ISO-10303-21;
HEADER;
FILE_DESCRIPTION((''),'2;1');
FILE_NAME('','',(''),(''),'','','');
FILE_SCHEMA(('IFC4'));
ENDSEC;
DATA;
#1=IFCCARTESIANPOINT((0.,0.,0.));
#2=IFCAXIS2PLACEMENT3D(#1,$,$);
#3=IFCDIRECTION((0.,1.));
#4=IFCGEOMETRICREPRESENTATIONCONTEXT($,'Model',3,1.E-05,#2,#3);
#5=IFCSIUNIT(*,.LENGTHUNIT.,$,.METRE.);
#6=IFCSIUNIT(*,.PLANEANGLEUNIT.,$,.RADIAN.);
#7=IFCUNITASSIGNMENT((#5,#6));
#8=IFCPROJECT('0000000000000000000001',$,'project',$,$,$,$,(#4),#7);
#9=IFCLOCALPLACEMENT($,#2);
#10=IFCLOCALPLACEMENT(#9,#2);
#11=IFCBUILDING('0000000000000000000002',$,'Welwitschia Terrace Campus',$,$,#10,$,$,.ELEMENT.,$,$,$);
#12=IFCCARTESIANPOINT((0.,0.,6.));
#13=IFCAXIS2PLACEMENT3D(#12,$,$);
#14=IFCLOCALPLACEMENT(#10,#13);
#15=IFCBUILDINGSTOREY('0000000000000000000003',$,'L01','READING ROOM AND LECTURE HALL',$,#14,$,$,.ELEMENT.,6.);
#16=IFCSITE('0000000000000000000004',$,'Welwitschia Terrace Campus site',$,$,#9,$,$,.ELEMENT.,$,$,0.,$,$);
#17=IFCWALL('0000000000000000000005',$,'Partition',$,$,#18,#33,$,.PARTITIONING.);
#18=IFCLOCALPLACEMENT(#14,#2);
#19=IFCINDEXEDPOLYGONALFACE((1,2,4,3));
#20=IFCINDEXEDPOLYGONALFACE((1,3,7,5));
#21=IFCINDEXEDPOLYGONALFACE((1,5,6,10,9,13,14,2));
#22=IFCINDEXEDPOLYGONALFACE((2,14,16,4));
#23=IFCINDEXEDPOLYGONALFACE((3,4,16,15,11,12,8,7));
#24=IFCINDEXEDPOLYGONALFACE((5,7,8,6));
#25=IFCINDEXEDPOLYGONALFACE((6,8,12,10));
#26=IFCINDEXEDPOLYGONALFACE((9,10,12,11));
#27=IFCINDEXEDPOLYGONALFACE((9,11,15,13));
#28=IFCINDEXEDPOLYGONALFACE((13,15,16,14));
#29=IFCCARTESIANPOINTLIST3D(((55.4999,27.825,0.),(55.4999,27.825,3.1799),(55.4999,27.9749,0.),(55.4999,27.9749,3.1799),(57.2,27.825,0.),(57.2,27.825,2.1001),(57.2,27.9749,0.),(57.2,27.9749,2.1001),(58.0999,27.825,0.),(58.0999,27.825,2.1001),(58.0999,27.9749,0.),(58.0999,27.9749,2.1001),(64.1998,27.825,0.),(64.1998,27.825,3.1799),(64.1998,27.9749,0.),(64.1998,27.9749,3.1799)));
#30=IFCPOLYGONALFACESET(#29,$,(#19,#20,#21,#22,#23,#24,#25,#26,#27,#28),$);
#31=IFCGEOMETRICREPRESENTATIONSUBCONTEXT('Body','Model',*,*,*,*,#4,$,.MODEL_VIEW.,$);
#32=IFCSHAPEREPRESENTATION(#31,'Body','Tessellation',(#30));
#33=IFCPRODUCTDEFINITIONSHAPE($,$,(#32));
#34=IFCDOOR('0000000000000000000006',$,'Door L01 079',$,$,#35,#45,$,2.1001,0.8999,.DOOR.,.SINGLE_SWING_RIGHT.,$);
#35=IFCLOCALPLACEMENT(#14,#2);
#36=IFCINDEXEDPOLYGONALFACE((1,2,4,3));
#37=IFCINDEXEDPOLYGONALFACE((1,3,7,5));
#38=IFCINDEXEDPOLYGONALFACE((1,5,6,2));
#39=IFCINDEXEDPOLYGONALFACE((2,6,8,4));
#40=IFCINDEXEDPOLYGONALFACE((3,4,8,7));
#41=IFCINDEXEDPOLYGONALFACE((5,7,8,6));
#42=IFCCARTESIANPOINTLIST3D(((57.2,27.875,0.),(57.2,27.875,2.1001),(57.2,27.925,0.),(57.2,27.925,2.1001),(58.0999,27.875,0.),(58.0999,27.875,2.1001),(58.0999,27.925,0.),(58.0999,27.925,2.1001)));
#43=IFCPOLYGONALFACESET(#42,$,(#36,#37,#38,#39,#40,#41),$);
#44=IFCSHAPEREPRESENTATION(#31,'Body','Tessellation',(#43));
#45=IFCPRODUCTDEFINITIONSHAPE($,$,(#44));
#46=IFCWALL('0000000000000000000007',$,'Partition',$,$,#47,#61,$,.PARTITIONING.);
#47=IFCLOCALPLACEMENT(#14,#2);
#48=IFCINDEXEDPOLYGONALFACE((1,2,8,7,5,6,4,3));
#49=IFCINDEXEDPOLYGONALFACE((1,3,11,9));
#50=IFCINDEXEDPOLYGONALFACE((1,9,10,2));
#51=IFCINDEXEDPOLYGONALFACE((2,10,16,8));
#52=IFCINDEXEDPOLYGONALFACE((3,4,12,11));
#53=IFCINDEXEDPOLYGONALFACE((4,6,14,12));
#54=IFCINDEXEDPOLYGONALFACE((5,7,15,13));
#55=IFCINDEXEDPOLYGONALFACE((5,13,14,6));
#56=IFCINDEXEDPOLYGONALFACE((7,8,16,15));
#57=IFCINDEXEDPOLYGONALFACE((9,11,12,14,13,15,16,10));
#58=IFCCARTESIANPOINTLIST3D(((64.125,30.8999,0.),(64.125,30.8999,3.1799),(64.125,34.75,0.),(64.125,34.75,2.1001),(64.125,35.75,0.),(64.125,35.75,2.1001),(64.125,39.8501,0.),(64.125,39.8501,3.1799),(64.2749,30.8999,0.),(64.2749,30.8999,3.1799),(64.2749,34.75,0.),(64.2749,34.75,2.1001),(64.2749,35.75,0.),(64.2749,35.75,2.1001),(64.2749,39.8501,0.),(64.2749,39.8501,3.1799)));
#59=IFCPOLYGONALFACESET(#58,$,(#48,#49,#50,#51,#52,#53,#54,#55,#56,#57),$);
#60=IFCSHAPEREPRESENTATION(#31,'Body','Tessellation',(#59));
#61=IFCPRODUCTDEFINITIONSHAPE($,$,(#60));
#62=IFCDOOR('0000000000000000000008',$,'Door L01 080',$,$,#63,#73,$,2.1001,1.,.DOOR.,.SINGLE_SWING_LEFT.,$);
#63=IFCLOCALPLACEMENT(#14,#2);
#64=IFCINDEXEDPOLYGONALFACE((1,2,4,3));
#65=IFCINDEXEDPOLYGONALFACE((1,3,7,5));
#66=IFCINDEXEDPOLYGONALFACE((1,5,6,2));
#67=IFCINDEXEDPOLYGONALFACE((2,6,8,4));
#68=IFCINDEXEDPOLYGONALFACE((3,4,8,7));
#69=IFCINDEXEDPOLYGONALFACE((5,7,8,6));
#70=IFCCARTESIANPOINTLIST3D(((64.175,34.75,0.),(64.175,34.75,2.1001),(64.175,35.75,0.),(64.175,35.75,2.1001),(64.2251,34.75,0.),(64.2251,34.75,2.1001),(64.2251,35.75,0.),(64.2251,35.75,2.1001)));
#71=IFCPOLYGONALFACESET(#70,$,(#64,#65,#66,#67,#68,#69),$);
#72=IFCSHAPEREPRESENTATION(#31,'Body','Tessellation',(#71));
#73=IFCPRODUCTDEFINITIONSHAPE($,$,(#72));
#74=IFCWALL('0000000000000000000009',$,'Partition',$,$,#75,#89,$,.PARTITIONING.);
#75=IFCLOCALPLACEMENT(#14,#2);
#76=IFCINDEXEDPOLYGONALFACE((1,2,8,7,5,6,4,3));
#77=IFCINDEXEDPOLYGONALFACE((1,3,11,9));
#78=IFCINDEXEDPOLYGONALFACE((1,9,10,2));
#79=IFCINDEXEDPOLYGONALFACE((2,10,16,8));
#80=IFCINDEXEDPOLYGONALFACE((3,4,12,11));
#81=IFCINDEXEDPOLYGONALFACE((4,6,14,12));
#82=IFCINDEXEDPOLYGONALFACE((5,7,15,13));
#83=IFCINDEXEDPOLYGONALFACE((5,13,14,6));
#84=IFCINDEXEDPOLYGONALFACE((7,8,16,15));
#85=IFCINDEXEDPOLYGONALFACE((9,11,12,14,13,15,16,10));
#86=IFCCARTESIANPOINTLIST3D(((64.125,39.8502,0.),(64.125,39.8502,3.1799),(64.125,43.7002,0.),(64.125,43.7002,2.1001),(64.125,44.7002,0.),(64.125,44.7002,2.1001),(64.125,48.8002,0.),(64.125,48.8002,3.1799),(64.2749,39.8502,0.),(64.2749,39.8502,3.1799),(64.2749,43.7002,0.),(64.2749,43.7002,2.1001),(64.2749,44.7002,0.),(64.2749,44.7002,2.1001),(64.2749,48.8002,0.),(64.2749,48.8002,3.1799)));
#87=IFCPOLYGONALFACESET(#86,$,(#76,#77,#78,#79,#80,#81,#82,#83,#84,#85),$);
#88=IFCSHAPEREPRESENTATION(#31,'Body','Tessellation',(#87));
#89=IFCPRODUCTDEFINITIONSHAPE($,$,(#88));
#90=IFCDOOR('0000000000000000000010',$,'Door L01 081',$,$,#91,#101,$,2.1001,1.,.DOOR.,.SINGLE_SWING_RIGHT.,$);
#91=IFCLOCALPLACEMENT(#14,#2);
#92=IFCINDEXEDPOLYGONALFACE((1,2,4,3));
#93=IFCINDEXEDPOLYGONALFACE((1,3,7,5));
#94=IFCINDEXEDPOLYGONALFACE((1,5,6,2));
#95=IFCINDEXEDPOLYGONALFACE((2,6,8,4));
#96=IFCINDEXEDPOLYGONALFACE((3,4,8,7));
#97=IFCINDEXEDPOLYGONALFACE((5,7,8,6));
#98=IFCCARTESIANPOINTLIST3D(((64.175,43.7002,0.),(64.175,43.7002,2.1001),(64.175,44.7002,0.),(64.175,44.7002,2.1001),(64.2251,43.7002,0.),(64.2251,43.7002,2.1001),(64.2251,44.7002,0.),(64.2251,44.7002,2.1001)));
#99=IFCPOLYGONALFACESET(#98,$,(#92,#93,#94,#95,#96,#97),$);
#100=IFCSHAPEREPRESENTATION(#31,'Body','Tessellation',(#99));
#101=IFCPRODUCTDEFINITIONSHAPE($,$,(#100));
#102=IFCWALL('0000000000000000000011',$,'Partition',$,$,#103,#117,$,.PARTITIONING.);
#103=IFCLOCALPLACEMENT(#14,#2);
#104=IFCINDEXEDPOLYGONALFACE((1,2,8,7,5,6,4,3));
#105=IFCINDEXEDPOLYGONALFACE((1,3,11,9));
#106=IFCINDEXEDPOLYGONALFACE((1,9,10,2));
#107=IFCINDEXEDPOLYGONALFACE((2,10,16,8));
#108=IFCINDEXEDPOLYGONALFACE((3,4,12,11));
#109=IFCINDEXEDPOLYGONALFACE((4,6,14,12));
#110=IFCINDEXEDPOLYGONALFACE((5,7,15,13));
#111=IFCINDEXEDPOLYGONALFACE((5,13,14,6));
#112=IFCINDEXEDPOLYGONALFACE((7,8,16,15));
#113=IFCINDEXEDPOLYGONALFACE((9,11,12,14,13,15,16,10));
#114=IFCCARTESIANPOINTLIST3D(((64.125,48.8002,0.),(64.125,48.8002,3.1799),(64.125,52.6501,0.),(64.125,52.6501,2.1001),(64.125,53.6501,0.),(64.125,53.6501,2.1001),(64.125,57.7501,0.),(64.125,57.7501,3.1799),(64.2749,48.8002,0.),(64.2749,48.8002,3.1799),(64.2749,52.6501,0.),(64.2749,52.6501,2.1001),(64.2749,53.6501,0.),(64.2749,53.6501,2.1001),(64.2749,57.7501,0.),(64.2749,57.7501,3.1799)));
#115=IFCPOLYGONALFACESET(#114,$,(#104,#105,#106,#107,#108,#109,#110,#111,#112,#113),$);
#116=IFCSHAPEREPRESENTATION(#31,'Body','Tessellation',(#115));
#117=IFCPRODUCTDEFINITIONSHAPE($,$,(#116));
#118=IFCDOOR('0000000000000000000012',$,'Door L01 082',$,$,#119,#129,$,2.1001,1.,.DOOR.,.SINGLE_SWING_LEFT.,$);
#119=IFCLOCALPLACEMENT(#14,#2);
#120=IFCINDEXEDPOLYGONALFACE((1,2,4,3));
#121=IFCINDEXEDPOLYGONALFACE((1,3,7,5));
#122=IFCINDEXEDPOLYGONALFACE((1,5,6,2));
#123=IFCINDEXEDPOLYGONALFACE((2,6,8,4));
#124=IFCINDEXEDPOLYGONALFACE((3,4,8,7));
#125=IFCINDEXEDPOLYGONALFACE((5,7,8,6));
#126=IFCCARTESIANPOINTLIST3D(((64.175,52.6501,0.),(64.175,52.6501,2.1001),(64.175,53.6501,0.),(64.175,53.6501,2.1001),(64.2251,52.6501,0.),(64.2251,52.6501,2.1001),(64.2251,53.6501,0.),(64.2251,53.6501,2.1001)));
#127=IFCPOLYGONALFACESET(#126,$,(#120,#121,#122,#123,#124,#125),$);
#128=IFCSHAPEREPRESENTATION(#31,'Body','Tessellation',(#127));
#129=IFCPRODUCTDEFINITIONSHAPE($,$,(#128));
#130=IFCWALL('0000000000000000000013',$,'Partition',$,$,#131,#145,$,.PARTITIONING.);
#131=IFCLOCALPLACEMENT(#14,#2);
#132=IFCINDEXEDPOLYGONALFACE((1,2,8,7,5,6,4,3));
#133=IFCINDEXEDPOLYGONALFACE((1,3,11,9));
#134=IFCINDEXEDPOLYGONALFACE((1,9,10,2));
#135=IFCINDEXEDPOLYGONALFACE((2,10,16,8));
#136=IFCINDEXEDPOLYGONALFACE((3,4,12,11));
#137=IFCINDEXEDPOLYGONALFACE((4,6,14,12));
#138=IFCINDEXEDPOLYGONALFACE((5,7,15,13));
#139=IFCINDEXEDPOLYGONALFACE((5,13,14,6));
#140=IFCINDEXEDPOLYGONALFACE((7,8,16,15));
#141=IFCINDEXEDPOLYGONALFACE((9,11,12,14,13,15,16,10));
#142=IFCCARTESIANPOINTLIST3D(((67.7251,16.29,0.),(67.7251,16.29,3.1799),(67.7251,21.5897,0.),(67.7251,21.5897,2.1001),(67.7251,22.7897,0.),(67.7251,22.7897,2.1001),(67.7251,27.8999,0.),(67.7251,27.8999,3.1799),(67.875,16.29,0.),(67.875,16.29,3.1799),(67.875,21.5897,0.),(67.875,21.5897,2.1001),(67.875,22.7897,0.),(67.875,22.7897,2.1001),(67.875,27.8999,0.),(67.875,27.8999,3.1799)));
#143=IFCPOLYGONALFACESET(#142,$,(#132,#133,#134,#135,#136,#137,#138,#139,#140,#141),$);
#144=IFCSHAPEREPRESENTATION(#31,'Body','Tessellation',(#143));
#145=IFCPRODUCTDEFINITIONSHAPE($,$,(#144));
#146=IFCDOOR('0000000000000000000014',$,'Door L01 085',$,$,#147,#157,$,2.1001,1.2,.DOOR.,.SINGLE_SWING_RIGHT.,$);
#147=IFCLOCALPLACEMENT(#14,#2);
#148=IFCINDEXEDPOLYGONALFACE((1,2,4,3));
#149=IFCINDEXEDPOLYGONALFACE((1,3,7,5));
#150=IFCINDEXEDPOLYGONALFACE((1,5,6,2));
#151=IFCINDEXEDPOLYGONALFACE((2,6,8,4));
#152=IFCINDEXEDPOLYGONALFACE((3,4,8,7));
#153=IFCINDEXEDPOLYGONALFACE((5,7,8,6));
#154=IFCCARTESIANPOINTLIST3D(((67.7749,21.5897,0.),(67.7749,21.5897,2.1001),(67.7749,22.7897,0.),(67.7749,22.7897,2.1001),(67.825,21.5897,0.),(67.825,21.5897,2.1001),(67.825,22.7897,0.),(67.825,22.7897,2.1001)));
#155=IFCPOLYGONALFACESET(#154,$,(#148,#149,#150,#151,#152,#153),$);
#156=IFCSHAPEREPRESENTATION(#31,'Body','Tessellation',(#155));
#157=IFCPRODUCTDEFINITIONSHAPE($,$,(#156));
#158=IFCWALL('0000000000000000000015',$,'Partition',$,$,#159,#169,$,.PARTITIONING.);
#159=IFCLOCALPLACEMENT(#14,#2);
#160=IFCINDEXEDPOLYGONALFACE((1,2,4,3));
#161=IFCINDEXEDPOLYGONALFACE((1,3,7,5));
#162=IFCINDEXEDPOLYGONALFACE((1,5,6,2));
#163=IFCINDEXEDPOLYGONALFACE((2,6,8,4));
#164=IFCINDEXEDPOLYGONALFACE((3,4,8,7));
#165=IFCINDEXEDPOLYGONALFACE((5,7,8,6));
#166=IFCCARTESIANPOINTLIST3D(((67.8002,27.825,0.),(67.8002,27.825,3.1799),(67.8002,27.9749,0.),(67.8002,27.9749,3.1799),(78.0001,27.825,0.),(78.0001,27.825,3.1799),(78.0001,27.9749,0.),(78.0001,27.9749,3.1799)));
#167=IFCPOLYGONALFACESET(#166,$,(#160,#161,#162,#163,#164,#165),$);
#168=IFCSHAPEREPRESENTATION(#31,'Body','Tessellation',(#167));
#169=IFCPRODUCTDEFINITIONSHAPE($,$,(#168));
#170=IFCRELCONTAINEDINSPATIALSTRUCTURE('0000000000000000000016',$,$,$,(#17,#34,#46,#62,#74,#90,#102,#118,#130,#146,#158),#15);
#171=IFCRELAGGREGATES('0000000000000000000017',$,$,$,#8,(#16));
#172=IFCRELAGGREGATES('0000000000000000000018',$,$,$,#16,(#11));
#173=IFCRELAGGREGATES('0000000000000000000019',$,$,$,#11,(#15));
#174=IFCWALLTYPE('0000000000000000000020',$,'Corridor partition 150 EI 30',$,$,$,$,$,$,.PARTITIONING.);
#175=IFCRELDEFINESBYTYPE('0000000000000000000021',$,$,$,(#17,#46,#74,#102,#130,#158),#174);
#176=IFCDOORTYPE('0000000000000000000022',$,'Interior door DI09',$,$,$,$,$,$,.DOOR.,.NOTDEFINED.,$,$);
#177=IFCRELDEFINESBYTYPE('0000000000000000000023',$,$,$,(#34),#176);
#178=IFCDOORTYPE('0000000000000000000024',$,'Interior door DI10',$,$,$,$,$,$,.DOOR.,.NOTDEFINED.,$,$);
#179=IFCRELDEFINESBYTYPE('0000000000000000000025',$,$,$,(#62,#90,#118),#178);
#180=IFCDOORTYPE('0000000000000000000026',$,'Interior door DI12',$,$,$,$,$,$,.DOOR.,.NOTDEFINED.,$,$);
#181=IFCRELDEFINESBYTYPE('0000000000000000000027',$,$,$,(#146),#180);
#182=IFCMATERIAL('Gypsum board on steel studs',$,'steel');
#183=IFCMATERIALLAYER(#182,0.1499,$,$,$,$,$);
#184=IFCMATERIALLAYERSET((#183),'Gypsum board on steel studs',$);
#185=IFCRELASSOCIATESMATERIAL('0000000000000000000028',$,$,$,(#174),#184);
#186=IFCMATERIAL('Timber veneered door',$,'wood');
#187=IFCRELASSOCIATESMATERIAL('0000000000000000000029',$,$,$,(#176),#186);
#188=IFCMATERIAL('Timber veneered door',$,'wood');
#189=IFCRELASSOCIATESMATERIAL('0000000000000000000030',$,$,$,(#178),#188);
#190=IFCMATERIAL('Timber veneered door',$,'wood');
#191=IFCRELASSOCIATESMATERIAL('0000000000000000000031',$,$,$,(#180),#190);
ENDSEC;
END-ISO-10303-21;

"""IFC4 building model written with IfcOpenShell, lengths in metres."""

from ifc_helpers import new_model, si_unit, direction, frame, frame_2d, origin, place, context, subcontext, project, spatial, rectangle, extrude, material, layer, layer_set, type_object, element, fill, save


model = new_model("IFC4")

# Units and contexts
model_context = context("Model", 3, precision=1e-05, world=origin(), true_north=direction((0.0, 1.0)))
body_context = subcontext(model_context, "Body", "Model", "MODEL_VIEW")
ifc_project = project(units=[si_unit("LENGTHUNIT", "METRE"), si_unit("PLANEANGLEUNIT", "RADIAN")], contexts=[model_context])

# Site, building, storey
site_placement = place(None, origin())
site = spatial("IfcSite", under=ifc_project, at=site_placement, Name="Welwitschia Terrace Campus site", CompositionType="ELEMENT", RefElevation=0.0)
building_placement = place(site_placement, origin())
building = spatial("IfcBuilding", under=site, at=building_placement, Name="Welwitschia Terrace Campus", CompositionType="ELEMENT")
storey_placement = place(building_placement, frame((0.0, 0.0, 6.0)))
storey = spatial("IfcBuildingStorey", under=building, at=storey_placement, Name="L01", Description="READING ROOM AND LECTURE HALL", CompositionType="ELEMENT", Elevation=6.0)

# Shared definitions
ifc_material_1 = material(Name="Gypsum board on steel studs", Category="steel")
ifc_layer = layer(ifc_material_1, 0.1499)
ifc_layer_set = layer_set([ifc_layer], Name="Gypsum board on steel studs")
wall_type = type_object("IfcWallType", Name="Corridor partition 150 EI 30", PredefinedType="PARTITIONING", material=ifc_layer_set)
ifc_material_2 = material(Name="Timber veneered door", Category="wood")
door_type_1 = type_object("IfcDoorType", Name="Interior door DI09", OperationType="NOTDEFINED", PredefinedType="DOOR", material=ifc_material_2)

# Walls, openings, doors
wall_1_placement = place(storey_placement, frame((64.2, 27.8999, 0.0), z_axis=(0.0, 0.0, 1.0), x_axis=(-1.0, 0.0, 0.0)))
wall_1 = element("IfcWall", 1, at=wall_1_placement, inside=storey, type_object=wall_type, Name="Partition", PredefinedType="PARTITIONING", context=body_context, shape_type="SweptSolid", body=[
    extrude(rectangle(XDim=8.7, YDim=0.1499, at=frame_2d((4.3501, 0.0))), origin(), (0.0, 0.0, 1.0), 3.1799),
])
opening_1_placement = place(wall_1_placement, frame((6.1001, 0.0, 0.0)))
opening_1 = element("IfcOpeningElement", 2, at=opening_1_placement, cuts=wall_1, PredefinedType="OPENING", context=body_context, shape_type="SweptSolid", body=[
    extrude(rectangle(XDim=0.8999, YDim=2.1001, at=frame_2d((0.45, 1.05))), frame((0.0, 0.085, 0.0), z_axis=(0.0, -1.0, 0.0), x_axis=(1.0, 0.0, 0.0)), (0.0, 0.0, 1.0), 0.1699),
])
door_1_placement = place(opening_1_placement, origin())
door_1 = element("IfcDoor", 3, at=door_1_placement, inside=storey, type_object=door_type_1, Name="Door L01 079", OperationType="SINGLE_SWING_RIGHT", OverallHeight=2.1001, OverallWidth=0.8999, PredefinedType="DOOR", context=body_context, shape_type="SweptSolid", body=[
    extrude(rectangle(XDim=0.8999, YDim=2.1001, at=frame_2d((0.45, 1.05))), frame((0.0, 0.0249, 0.0), z_axis=(0.0, -1.0, 0.0), x_axis=(1.0, 0.0, 0.0)), (0.0, 0.0, 1.0), 0.05),
])
fill(opening_1, door_1)
wall_2_placement = place(storey_placement, frame((64.2, 30.8999, 0.0), z_axis=(0.0, 0.0, 1.0), x_axis=(0.0, 1.0, 0.0)))
wall_2 = element("IfcWall", 4, at=wall_2_placement, inside=storey, type_object=wall_type, Name="Partition", PredefinedType="PARTITIONING", context=body_context, shape_type="SweptSolid", body=[
    extrude(rectangle(XDim=8.9502, YDim=0.1499, at=frame_2d((4.4751, 0.0))), origin(), (0.0, 0.0, 1.0), 3.1799),
])
opening_2_placement = place(wall_2_placement, frame((3.8501, 0.0, 0.0)))
opening_2 = element("IfcOpeningElement", 5, at=opening_2_placement, cuts=wall_2, PredefinedType="OPENING", context=body_context, shape_type="SweptSolid", body=[
    extrude(rectangle(XDim=1.0, YDim=2.1001, at=frame_2d((0.5, 1.05))), frame((0.0, 0.085, 0.0), z_axis=(0.0, -1.0, 0.0), x_axis=(1.0, 0.0, 0.0)), (0.0, 0.0, 1.0), 0.1699),
])
ifc_material_3 = material(Name="Timber veneered door", Category="wood")
door_type_2 = type_object("IfcDoorType", Name="Interior door DI10", OperationType="NOTDEFINED", PredefinedType="DOOR", material=ifc_material_3)
door_2_placement = place(opening_2_placement, origin())
door_2 = element("IfcDoor", 6, at=door_2_placement, inside=storey, type_object=door_type_2, Name="Door L01 080", OperationType="SINGLE_SWING_LEFT", OverallHeight=2.1001, OverallWidth=1.0, PredefinedType="DOOR", context=body_context, shape_type="SweptSolid", body=[
    extrude(rectangle(XDim=1.0, YDim=2.1001, at=frame_2d((0.5, 1.05))), frame((0.0, 0.0249, 0.0), z_axis=(0.0, -1.0, 0.0), x_axis=(1.0, 0.0, 0.0)), (0.0, 0.0, 1.0), 0.05),
])
fill(opening_2, door_2)
wall_3_placement = place(storey_placement, frame((64.2, 39.8501, 0.0), z_axis=(0.0, 0.0, 1.0), x_axis=(0.0, 1.0, 0.0)))
wall_3 = element("IfcWall", 7, at=wall_3_placement, inside=storey, type_object=wall_type, Name="Partition", PredefinedType="PARTITIONING", context=body_context, shape_type="SweptSolid", body=[
    extrude(rectangle(XDim=8.95, YDim=0.1499, at=frame_2d((4.4751, 0.0))), origin(), (0.0, 0.0, 1.0), 3.1799),
])
opening_3_placement = place(wall_3_placement, frame((3.8501, 0.0, 0.0)))
opening_3 = element("IfcOpeningElement", 8, at=opening_3_placement, cuts=wall_3, PredefinedType="OPENING", context=body_context, shape_type="SweptSolid", body=[
    extrude(rectangle(XDim=1.0, YDim=2.1001, at=frame_2d((0.5, 1.05))), frame((0.0, 0.085, 0.0), z_axis=(0.0, -1.0, 0.0), x_axis=(1.0, 0.0, 0.0)), (0.0, 0.0, 1.0), 0.1699),
])
door_3_placement = place(opening_3_placement, origin())
door_3 = element("IfcDoor", 9, at=door_3_placement, inside=storey, type_object=door_type_2, Name="Door L01 081", OperationType="SINGLE_SWING_RIGHT", OverallHeight=2.1001, OverallWidth=1.0, PredefinedType="DOOR", context=body_context, shape_type="SweptSolid", body=[
    extrude(rectangle(XDim=1.0, YDim=2.1001, at=frame_2d((0.5, 1.05))), frame((0.0, 0.0249, 0.0), z_axis=(0.0, -1.0, 0.0), x_axis=(1.0, 0.0, 0.0)), (0.0, 0.0, 1.0), 0.05),
])
fill(opening_3, door_3)
wall_4_placement = place(storey_placement, frame((64.2, 48.8, 0.0), z_axis=(0.0, 0.0, 1.0), x_axis=(0.0, 1.0, 0.0)))
wall_4 = element("IfcWall", 10, at=wall_4_placement, inside=storey, type_object=wall_type, Name="Partition", PredefinedType="PARTITIONING", context=body_context, shape_type="SweptSolid", body=[
    extrude(rectangle(XDim=8.95, YDim=0.1499, at=frame_2d((4.4751, 0.0))), origin(), (0.0, 0.0, 1.0), 3.1799),
])
opening_4_placement = place(wall_4_placement, frame((3.8501, 0.0, 0.0)))
opening_4 = element("IfcOpeningElement", 11, at=opening_4_placement, cuts=wall_4, PredefinedType="OPENING", context=body_context, shape_type="SweptSolid", body=[
    extrude(rectangle(XDim=1.0, YDim=2.1001, at=frame_2d((0.5, 1.05))), frame((0.0, 0.085, 0.0), z_axis=(0.0, -1.0, 0.0), x_axis=(1.0, 0.0, 0.0)), (0.0, 0.0, 1.0), 0.1699),
])
door_4_placement = place(opening_4_placement, origin())
door_4 = element("IfcDoor", 12, at=door_4_placement, inside=storey, type_object=door_type_2, Name="Door L01 082", OperationType="SINGLE_SWING_LEFT", OverallHeight=2.1001, OverallWidth=1.0, PredefinedType="DOOR", context=body_context, shape_type="SweptSolid", body=[
    extrude(rectangle(XDim=1.0, YDim=2.1001, at=frame_2d((0.5, 1.05))), frame((0.0, 0.0249, 0.0), z_axis=(0.0, -1.0, 0.0), x_axis=(1.0, 0.0, 0.0)), (0.0, 0.0, 1.0), 0.05),
])
fill(opening_4, door_4)
wall_5_placement = place(storey_placement, frame((67.8, 27.8999, 0.0), z_axis=(0.0, 0.0, 1.0), x_axis=(0.0, -1.0, 0.0)))
wall_5 = element("IfcWall", 13, at=wall_5_placement, inside=storey, type_object=wall_type, Name="Partition", PredefinedType="PARTITIONING", context=body_context, shape_type="SweptSolid", body=[
    extrude(rectangle(XDim=11.6099, YDim=0.1499, at=frame_2d((5.8049, 0.0))), origin(), (0.0, 0.0, 1.0), 3.1799),
])
opening_5_placement = place(wall_5_placement, frame((5.1101, 0.0, 0.0)))
opening_5 = element("IfcOpeningElement", 14, at=opening_5_placement, cuts=wall_5, PredefinedType="OPENING", context=body_context, shape_type="SweptSolid", body=[
    extrude(rectangle(XDim=1.2, YDim=2.1001, at=frame_2d((0.6001, 1.05))), frame((0.0, 0.085, 0.0), z_axis=(0.0, -1.0, 0.0), x_axis=(1.0, 0.0, 0.0)), (0.0, 0.0, 1.0), 0.1699),
])
ifc_material_4 = material(Name="Timber veneered door", Category="wood")
door_type_3 = type_object("IfcDoorType", Name="Interior door DI12", OperationType="NOTDEFINED", PredefinedType="DOOR", material=ifc_material_4)
door_5_placement = place(opening_5_placement, origin())
door_5 = element("IfcDoor", 15, at=door_5_placement, inside=storey, type_object=door_type_3, Name="Door L01 085", OperationType="SINGLE_SWING_RIGHT", OverallHeight=2.1001, OverallWidth=1.2, PredefinedType="DOOR", context=body_context, shape_type="SweptSolid", body=[
    extrude(rectangle(XDim=1.2, YDim=2.1001, at=frame_2d((0.6001, 1.05))), frame((0.0, 0.0249, 0.0), z_axis=(0.0, -1.0, 0.0), x_axis=(1.0, 0.0, 0.0)), (0.0, 0.0, 1.0), 0.05),
])
fill(opening_5, door_5)

# Wall
wall_6_placement = place(storey_placement, frame((67.8, 27.8999, 0.0), z_axis=(0.0, 0.0, 1.0), x_axis=(1.0, 0.0, 0.0)))
element("IfcWall", 16, at=wall_6_placement, inside=storey, type_object=wall_type, Name="Partition", PredefinedType="PARTITIONING", context=body_context, shape_type="SweptSolid", body=[
    extrude(rectangle(XDim=10.2, YDim=0.1499, at=frame_2d((5.1001, 0.0))), origin(), (0.0, 0.0, 1.0), 3.1799),
])

save(model, "model.ifc")
